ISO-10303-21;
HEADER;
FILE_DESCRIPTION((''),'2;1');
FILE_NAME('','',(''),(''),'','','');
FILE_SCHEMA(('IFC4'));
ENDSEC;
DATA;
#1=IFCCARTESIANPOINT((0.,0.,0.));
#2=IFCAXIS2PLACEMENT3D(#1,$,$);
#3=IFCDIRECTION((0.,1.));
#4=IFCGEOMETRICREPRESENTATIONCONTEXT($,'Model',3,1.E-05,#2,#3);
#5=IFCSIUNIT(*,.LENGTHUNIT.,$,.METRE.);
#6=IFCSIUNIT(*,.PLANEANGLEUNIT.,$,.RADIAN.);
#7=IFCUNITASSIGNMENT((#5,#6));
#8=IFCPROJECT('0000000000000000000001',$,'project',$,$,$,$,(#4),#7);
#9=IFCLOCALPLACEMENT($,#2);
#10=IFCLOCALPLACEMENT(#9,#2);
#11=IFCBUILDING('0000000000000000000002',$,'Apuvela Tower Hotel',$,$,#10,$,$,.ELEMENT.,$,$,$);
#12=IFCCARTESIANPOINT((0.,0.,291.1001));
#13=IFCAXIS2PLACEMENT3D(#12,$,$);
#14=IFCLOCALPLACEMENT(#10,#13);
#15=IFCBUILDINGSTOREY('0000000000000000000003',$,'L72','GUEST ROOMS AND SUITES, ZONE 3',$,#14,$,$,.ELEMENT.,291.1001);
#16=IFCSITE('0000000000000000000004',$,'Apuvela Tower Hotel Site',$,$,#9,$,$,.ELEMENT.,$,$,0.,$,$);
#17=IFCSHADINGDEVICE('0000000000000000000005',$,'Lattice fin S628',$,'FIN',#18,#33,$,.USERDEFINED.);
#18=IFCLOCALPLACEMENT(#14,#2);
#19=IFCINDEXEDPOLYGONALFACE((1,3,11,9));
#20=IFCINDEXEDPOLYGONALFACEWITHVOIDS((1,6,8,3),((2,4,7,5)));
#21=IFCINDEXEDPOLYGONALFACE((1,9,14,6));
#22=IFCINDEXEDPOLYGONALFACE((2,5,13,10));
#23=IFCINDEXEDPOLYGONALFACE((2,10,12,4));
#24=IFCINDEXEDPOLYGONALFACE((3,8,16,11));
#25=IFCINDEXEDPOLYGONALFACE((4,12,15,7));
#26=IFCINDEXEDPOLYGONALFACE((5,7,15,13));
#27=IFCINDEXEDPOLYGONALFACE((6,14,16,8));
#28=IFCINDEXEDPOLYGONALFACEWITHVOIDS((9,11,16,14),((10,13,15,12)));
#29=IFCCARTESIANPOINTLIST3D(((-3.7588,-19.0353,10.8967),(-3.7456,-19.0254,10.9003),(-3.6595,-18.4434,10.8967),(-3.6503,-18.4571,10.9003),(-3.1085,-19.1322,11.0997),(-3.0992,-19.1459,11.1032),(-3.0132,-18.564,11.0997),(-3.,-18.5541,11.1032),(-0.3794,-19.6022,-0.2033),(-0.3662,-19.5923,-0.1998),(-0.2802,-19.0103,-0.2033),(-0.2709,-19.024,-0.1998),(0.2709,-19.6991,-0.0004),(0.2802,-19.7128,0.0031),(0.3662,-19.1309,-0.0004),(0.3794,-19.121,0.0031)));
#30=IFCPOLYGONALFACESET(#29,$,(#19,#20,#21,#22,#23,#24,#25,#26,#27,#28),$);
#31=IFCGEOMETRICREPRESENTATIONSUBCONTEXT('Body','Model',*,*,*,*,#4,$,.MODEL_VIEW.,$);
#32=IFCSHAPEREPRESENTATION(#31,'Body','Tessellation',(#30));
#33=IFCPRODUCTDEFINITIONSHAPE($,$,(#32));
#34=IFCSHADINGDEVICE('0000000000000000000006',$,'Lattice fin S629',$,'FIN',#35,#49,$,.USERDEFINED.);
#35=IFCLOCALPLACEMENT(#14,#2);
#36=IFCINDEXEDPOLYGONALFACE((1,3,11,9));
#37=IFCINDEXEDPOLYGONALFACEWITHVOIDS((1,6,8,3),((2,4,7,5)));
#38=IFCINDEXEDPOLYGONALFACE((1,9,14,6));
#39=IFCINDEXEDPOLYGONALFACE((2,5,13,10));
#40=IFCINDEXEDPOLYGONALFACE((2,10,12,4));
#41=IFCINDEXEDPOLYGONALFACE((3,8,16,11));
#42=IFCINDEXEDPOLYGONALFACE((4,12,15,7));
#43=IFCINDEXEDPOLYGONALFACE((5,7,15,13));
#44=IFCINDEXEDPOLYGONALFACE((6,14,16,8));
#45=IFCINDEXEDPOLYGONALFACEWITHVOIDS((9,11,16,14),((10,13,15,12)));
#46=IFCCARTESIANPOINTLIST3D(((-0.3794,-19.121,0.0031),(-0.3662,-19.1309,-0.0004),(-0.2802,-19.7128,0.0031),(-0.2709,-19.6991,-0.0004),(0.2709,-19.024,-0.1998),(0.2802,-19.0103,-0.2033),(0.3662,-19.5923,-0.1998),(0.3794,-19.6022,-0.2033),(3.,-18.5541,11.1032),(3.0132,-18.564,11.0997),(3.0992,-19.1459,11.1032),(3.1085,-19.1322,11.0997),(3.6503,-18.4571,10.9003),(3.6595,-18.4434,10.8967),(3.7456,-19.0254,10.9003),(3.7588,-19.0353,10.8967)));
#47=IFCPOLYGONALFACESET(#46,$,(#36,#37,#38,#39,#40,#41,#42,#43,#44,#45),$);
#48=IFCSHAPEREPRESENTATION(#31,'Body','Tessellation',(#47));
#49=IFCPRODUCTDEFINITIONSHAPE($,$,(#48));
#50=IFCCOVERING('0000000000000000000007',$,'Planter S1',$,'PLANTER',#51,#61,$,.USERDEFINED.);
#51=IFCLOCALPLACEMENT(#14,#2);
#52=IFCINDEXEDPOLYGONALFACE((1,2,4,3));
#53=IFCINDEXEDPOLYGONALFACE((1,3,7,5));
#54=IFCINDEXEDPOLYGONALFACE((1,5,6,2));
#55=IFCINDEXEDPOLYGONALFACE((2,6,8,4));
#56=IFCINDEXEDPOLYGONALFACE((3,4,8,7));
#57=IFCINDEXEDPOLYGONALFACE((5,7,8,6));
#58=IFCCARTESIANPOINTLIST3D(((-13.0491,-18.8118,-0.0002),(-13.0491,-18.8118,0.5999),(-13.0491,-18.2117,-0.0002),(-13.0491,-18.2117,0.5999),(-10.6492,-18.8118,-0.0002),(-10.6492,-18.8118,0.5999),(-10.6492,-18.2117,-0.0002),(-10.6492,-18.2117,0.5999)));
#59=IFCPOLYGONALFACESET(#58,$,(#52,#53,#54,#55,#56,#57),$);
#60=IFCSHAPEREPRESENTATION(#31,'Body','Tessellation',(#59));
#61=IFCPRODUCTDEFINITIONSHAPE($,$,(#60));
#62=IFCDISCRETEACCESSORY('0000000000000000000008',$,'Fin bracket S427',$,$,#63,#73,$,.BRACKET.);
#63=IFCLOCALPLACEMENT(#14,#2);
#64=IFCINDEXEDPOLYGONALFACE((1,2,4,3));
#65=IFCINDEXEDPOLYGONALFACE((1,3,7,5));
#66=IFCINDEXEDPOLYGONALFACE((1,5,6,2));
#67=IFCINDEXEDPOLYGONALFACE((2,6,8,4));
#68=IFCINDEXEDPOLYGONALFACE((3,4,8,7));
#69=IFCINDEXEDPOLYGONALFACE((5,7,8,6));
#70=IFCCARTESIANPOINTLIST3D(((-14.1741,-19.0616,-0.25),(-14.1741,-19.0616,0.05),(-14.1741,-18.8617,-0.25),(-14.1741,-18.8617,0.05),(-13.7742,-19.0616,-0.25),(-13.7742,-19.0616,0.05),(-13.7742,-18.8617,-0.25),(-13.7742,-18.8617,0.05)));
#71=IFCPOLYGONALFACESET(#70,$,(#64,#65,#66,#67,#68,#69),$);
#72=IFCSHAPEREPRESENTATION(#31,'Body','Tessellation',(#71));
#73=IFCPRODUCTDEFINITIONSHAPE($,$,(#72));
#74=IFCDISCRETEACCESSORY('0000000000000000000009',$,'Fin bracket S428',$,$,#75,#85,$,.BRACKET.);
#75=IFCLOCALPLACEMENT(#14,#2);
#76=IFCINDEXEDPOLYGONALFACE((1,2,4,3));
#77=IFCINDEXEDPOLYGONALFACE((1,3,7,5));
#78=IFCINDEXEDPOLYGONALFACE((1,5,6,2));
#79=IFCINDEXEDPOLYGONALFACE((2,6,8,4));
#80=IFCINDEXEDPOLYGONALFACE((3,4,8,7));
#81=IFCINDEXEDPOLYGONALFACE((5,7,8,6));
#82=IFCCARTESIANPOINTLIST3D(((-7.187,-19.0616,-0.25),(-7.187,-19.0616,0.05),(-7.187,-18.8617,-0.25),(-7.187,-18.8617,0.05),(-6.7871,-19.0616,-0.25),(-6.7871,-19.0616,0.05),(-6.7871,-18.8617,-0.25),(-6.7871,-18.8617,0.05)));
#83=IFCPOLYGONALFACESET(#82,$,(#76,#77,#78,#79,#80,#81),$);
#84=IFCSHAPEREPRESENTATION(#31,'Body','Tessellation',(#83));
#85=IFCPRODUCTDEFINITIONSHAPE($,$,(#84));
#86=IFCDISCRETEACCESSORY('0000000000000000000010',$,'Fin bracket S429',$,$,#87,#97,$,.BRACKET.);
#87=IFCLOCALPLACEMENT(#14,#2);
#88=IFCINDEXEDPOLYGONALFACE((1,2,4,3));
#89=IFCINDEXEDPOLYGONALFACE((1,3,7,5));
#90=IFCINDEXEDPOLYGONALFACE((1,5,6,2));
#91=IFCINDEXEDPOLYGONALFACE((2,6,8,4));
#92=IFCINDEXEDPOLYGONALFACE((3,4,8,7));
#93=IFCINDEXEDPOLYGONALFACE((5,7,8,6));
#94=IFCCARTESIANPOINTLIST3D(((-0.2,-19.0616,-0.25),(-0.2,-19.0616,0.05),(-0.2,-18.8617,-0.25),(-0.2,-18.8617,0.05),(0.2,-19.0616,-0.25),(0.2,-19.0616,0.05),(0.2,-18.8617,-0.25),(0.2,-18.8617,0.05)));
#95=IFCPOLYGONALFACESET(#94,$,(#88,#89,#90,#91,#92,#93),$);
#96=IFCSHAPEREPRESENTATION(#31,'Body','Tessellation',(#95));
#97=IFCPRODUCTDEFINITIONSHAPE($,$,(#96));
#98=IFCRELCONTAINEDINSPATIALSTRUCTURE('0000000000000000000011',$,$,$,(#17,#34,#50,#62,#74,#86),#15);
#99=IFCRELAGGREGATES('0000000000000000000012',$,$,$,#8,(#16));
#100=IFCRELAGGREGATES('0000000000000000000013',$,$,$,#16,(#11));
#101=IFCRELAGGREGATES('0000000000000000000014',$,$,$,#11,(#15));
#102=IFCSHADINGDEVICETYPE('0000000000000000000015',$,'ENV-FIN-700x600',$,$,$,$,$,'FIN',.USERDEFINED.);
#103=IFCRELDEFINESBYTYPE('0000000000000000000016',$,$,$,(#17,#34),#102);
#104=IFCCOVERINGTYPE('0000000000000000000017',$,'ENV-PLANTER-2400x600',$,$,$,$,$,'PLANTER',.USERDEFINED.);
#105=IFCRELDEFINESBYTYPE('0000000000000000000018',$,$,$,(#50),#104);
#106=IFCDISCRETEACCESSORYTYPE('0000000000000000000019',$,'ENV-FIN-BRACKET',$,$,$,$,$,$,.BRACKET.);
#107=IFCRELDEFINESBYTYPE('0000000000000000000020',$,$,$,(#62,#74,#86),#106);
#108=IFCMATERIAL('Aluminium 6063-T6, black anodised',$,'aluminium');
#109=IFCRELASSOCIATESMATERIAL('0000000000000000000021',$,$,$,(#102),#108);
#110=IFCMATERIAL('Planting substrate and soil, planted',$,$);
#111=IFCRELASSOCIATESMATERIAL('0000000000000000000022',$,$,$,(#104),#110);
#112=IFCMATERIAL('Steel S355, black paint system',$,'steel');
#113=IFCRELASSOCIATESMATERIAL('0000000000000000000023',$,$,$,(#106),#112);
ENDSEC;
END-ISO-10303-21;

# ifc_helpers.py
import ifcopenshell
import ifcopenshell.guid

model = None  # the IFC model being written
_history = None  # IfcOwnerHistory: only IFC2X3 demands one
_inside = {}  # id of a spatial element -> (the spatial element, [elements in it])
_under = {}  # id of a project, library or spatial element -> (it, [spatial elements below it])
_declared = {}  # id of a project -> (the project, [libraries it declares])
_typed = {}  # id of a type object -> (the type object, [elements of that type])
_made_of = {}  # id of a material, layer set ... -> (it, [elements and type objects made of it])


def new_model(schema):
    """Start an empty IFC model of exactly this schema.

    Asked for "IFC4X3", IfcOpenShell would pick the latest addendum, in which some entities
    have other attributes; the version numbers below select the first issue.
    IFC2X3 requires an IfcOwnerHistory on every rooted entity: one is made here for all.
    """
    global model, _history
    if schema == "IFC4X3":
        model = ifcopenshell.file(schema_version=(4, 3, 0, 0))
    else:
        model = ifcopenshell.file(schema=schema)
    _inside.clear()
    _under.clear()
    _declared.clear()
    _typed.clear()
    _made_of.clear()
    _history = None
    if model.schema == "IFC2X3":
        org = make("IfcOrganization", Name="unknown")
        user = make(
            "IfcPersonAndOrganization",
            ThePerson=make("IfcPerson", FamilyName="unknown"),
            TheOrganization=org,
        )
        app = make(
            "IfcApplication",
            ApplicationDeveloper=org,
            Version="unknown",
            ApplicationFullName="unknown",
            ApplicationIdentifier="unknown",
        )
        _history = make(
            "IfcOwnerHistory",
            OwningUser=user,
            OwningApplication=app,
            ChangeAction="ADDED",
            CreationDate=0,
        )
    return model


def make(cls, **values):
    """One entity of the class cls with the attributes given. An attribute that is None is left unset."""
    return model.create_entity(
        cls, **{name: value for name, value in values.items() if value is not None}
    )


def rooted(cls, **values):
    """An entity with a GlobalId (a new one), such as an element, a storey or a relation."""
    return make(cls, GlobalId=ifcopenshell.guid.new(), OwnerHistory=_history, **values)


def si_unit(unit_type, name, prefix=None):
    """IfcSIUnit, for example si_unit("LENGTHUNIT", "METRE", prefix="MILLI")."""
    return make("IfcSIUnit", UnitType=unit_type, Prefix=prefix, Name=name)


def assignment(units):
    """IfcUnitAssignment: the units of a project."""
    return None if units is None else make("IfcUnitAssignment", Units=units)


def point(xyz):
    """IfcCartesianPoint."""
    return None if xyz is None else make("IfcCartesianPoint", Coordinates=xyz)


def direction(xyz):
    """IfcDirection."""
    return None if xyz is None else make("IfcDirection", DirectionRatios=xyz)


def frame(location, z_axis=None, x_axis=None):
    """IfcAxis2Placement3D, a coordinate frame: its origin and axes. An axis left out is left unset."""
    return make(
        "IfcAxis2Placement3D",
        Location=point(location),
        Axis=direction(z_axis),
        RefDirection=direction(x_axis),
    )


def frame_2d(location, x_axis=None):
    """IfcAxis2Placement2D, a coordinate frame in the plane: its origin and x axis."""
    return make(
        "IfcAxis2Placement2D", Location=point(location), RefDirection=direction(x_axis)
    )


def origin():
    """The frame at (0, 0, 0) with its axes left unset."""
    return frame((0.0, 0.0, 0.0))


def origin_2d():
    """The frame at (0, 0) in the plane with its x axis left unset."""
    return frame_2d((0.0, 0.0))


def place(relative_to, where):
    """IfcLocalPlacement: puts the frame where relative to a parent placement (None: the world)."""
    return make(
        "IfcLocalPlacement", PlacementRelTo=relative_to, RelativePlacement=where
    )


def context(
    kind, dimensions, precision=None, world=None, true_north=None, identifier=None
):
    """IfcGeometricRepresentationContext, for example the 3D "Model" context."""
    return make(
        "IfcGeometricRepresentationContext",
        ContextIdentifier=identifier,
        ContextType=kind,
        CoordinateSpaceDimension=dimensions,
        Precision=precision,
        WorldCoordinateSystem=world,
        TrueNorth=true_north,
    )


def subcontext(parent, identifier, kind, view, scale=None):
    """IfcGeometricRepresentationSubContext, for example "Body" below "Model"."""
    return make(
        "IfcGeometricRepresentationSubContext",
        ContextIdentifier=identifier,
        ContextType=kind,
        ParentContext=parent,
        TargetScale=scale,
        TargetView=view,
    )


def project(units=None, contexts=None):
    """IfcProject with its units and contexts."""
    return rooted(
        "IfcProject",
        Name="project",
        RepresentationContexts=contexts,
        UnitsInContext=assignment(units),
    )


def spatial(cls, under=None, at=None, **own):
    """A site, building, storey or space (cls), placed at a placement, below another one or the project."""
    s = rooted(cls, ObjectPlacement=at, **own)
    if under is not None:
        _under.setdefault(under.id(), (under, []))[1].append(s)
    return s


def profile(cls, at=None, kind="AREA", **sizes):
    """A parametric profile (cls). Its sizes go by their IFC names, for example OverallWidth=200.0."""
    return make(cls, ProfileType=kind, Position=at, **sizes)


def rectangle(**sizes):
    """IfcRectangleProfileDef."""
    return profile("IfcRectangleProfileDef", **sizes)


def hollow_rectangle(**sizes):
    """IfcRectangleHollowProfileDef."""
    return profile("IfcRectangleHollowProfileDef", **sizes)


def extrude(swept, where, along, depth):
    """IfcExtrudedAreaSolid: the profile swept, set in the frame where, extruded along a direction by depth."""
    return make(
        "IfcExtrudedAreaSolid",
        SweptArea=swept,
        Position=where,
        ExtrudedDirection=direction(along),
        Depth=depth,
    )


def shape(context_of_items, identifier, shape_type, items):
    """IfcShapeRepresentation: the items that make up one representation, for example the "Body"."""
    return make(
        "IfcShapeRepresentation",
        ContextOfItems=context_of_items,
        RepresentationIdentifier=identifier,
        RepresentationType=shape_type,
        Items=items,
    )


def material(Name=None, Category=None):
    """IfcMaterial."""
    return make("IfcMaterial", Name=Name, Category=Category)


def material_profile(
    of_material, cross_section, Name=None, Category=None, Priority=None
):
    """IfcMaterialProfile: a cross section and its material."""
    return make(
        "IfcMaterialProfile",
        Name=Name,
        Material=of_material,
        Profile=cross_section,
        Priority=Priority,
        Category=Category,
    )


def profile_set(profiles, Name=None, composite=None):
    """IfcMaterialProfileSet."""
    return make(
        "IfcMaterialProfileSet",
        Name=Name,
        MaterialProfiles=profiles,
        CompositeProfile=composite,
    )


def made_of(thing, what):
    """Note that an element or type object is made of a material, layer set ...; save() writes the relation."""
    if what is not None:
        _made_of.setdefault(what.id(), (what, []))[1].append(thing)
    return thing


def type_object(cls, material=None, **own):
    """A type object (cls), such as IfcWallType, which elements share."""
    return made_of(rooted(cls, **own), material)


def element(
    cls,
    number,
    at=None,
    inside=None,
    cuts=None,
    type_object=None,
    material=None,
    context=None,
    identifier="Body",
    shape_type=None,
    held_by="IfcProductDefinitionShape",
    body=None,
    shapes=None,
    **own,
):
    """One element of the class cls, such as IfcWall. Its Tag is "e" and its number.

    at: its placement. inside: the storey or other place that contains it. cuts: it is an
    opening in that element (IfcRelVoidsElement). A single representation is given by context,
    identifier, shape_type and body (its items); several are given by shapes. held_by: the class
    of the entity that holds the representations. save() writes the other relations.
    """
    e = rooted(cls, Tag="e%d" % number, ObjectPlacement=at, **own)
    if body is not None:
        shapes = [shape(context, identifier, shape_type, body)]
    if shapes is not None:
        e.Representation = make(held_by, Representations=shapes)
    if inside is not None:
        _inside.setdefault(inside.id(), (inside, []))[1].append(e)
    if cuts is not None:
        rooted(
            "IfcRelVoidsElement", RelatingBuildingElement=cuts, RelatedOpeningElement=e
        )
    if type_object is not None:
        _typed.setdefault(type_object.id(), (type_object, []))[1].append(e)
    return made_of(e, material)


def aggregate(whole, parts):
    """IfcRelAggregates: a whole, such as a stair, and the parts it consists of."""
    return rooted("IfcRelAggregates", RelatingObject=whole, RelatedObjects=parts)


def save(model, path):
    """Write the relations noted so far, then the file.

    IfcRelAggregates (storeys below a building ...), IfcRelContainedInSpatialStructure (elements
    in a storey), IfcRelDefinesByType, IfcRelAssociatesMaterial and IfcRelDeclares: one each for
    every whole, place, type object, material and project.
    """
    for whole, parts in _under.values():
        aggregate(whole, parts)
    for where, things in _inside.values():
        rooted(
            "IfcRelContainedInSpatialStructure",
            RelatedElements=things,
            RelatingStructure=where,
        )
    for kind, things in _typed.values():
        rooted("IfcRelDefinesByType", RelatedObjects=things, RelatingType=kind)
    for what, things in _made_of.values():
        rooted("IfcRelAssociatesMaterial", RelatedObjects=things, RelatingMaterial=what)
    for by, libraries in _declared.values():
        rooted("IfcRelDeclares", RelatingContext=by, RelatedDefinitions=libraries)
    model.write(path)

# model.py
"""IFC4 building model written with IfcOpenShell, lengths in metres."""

from ifc_helpers import new_model, si_unit, direction, frame, origin, origin_2d, place, context, subcontext, project, spatial, rectangle, hollow_rectangle, extrude, material, material_profile, profile_set, type_object, element, save


model = new_model("IFC4")

# Units and contexts
model_context = context("Model", 3, precision=1e-05, world=origin(), true_north=direction((0.0, 1.0)))
body_context = subcontext(model_context, "Body", "Model", "MODEL_VIEW")
ifc_project = project(units=[si_unit("LENGTHUNIT", "METRE"), si_unit("PLANEANGLEUNIT", "RADIAN")], contexts=[model_context])

# Site, building, storey
site_placement = place(None, origin())
site = spatial("IfcSite", under=ifc_project, at=site_placement, Name="Apuvela Tower Hotel Site", CompositionType="ELEMENT", RefElevation=0.0)
building_placement = place(site_placement, origin())
building = spatial("IfcBuilding", under=site, at=building_placement, Name="Apuvela Tower Hotel", CompositionType="ELEMENT")
storey_placement = place(building_placement, frame((0.0, 0.0, 291.1001)))
storey = spatial("IfcBuildingStorey", under=building, at=storey_placement, Name="L72", Description="GUEST ROOMS AND SUITES, ZONE 3", CompositionType="ELEMENT", Elevation=291.1001)

# Shading devices
ifc_material_1 = material(Name="Aluminium 6063-T6, black anodised", Category="aluminium")
ifc_material_profile_1 = material_profile(ifc_material_1, hollow_rectangle(XDim=0.6001, YDim=0.7, WallThickness=0.012, at=origin_2d()), Name="AL BOX 700x600x12")
ifc_profile_set_1 = profile_set([ifc_material_profile_1], Name="Aluminium 6063-T6, black anodised")
shading_device_type = type_object("IfcShadingDeviceType", Name="ENV-FIN-700x600", ElementType="FIN", PredefinedType="USERDEFINED", material=ifc_profile_set_1)
for number, where, z_axis, x_axis, name in (
    (1, (0.0, -19.3616, -0.1001), (-0.290902, 0.048799, 0.955508), (-0.165439, -0.98622, 0.0), "Lattice fin S628"),
    (2, (0.0, -19.3616, -0.1001), (0.290902, 0.048799, 0.955508), (-0.165439, 0.98622, 0.0), "Lattice fin S629"),
):
    element("IfcShadingDevice", number, at=place(storey_placement, frame(where, z_axis=z_axis, x_axis=x_axis)), inside=storey, type_object=shading_device_type, Name=name, ObjectType="FIN", PredefinedType="USERDEFINED", context=body_context, shape_type="SweptSolid", body=[
        extrude(hollow_rectangle(XDim=0.6001, YDim=0.7, WallThickness=0.012, at=origin_2d()), origin(), (0.0, 0.0, 1.0), 11.6169),
    ])

# Covering
ifc_material_2 = material(Name="Planting substrate and soil, planted")
covering_type = type_object("IfcCoveringType", Name="ENV-PLANTER-2400x600", ElementType="PLANTER", PredefinedType="USERDEFINED", material=ifc_material_2)
covering_placement = place(storey_placement, frame((-11.8491, -18.5117, -0.0002), z_axis=(0.0, 0.0, 1.0), x_axis=(1.0, 0.0, 0.0)))
element("IfcCovering", 3, at=covering_placement, inside=storey, type_object=covering_type, Name="Planter S1", ObjectType="PLANTER", PredefinedType="USERDEFINED", context=body_context, shape_type="SweptSolid", body=[
    extrude(rectangle(XDim=2.3999, YDim=0.6001, at=origin_2d()), origin(), (0.0, 0.0, 1.0), 0.6001),
])

# Discrete accessories
ifc_material_3 = material(Name="Steel S355, black paint system", Category="steel")
discrete_accessory_type = type_object("IfcDiscreteAccessoryType", Name="ENV-FIN-BRACKET", PredefinedType="BRACKET", material=ifc_material_3)
for number, where, z_axis, x_axis, name in (
    (4, (-13.9741, -18.9617, -0.25), (0.0, 0.0, 1.0), (1.0, 0.0, 0.0), "Fin bracket S427"),
    (5, (-6.9871, -18.9617, -0.25), (0.0, 0.0, 1.0), (1.0, 0.0, 0.0), "Fin bracket S428"),
    (6, (0.0, -18.9617, -0.25), (0.0, 0.0, 1.0), (1.0, 0.0, 0.0), "Fin bracket S429"),
):
    element("IfcDiscreteAccessory", number, at=place(storey_placement, frame(where, z_axis=z_axis, x_axis=x_axis)), inside=storey, type_object=discrete_accessory_type, Name=name, PredefinedType="BRACKET", context=body_context, shape_type="SweptSolid", body=[
        extrude(rectangle(XDim=0.3999, YDim=0.2, at=origin_2d()), origin(), (0.0, 0.0, 1.0), 0.3),
    ])

save(model, "model.ifc")
